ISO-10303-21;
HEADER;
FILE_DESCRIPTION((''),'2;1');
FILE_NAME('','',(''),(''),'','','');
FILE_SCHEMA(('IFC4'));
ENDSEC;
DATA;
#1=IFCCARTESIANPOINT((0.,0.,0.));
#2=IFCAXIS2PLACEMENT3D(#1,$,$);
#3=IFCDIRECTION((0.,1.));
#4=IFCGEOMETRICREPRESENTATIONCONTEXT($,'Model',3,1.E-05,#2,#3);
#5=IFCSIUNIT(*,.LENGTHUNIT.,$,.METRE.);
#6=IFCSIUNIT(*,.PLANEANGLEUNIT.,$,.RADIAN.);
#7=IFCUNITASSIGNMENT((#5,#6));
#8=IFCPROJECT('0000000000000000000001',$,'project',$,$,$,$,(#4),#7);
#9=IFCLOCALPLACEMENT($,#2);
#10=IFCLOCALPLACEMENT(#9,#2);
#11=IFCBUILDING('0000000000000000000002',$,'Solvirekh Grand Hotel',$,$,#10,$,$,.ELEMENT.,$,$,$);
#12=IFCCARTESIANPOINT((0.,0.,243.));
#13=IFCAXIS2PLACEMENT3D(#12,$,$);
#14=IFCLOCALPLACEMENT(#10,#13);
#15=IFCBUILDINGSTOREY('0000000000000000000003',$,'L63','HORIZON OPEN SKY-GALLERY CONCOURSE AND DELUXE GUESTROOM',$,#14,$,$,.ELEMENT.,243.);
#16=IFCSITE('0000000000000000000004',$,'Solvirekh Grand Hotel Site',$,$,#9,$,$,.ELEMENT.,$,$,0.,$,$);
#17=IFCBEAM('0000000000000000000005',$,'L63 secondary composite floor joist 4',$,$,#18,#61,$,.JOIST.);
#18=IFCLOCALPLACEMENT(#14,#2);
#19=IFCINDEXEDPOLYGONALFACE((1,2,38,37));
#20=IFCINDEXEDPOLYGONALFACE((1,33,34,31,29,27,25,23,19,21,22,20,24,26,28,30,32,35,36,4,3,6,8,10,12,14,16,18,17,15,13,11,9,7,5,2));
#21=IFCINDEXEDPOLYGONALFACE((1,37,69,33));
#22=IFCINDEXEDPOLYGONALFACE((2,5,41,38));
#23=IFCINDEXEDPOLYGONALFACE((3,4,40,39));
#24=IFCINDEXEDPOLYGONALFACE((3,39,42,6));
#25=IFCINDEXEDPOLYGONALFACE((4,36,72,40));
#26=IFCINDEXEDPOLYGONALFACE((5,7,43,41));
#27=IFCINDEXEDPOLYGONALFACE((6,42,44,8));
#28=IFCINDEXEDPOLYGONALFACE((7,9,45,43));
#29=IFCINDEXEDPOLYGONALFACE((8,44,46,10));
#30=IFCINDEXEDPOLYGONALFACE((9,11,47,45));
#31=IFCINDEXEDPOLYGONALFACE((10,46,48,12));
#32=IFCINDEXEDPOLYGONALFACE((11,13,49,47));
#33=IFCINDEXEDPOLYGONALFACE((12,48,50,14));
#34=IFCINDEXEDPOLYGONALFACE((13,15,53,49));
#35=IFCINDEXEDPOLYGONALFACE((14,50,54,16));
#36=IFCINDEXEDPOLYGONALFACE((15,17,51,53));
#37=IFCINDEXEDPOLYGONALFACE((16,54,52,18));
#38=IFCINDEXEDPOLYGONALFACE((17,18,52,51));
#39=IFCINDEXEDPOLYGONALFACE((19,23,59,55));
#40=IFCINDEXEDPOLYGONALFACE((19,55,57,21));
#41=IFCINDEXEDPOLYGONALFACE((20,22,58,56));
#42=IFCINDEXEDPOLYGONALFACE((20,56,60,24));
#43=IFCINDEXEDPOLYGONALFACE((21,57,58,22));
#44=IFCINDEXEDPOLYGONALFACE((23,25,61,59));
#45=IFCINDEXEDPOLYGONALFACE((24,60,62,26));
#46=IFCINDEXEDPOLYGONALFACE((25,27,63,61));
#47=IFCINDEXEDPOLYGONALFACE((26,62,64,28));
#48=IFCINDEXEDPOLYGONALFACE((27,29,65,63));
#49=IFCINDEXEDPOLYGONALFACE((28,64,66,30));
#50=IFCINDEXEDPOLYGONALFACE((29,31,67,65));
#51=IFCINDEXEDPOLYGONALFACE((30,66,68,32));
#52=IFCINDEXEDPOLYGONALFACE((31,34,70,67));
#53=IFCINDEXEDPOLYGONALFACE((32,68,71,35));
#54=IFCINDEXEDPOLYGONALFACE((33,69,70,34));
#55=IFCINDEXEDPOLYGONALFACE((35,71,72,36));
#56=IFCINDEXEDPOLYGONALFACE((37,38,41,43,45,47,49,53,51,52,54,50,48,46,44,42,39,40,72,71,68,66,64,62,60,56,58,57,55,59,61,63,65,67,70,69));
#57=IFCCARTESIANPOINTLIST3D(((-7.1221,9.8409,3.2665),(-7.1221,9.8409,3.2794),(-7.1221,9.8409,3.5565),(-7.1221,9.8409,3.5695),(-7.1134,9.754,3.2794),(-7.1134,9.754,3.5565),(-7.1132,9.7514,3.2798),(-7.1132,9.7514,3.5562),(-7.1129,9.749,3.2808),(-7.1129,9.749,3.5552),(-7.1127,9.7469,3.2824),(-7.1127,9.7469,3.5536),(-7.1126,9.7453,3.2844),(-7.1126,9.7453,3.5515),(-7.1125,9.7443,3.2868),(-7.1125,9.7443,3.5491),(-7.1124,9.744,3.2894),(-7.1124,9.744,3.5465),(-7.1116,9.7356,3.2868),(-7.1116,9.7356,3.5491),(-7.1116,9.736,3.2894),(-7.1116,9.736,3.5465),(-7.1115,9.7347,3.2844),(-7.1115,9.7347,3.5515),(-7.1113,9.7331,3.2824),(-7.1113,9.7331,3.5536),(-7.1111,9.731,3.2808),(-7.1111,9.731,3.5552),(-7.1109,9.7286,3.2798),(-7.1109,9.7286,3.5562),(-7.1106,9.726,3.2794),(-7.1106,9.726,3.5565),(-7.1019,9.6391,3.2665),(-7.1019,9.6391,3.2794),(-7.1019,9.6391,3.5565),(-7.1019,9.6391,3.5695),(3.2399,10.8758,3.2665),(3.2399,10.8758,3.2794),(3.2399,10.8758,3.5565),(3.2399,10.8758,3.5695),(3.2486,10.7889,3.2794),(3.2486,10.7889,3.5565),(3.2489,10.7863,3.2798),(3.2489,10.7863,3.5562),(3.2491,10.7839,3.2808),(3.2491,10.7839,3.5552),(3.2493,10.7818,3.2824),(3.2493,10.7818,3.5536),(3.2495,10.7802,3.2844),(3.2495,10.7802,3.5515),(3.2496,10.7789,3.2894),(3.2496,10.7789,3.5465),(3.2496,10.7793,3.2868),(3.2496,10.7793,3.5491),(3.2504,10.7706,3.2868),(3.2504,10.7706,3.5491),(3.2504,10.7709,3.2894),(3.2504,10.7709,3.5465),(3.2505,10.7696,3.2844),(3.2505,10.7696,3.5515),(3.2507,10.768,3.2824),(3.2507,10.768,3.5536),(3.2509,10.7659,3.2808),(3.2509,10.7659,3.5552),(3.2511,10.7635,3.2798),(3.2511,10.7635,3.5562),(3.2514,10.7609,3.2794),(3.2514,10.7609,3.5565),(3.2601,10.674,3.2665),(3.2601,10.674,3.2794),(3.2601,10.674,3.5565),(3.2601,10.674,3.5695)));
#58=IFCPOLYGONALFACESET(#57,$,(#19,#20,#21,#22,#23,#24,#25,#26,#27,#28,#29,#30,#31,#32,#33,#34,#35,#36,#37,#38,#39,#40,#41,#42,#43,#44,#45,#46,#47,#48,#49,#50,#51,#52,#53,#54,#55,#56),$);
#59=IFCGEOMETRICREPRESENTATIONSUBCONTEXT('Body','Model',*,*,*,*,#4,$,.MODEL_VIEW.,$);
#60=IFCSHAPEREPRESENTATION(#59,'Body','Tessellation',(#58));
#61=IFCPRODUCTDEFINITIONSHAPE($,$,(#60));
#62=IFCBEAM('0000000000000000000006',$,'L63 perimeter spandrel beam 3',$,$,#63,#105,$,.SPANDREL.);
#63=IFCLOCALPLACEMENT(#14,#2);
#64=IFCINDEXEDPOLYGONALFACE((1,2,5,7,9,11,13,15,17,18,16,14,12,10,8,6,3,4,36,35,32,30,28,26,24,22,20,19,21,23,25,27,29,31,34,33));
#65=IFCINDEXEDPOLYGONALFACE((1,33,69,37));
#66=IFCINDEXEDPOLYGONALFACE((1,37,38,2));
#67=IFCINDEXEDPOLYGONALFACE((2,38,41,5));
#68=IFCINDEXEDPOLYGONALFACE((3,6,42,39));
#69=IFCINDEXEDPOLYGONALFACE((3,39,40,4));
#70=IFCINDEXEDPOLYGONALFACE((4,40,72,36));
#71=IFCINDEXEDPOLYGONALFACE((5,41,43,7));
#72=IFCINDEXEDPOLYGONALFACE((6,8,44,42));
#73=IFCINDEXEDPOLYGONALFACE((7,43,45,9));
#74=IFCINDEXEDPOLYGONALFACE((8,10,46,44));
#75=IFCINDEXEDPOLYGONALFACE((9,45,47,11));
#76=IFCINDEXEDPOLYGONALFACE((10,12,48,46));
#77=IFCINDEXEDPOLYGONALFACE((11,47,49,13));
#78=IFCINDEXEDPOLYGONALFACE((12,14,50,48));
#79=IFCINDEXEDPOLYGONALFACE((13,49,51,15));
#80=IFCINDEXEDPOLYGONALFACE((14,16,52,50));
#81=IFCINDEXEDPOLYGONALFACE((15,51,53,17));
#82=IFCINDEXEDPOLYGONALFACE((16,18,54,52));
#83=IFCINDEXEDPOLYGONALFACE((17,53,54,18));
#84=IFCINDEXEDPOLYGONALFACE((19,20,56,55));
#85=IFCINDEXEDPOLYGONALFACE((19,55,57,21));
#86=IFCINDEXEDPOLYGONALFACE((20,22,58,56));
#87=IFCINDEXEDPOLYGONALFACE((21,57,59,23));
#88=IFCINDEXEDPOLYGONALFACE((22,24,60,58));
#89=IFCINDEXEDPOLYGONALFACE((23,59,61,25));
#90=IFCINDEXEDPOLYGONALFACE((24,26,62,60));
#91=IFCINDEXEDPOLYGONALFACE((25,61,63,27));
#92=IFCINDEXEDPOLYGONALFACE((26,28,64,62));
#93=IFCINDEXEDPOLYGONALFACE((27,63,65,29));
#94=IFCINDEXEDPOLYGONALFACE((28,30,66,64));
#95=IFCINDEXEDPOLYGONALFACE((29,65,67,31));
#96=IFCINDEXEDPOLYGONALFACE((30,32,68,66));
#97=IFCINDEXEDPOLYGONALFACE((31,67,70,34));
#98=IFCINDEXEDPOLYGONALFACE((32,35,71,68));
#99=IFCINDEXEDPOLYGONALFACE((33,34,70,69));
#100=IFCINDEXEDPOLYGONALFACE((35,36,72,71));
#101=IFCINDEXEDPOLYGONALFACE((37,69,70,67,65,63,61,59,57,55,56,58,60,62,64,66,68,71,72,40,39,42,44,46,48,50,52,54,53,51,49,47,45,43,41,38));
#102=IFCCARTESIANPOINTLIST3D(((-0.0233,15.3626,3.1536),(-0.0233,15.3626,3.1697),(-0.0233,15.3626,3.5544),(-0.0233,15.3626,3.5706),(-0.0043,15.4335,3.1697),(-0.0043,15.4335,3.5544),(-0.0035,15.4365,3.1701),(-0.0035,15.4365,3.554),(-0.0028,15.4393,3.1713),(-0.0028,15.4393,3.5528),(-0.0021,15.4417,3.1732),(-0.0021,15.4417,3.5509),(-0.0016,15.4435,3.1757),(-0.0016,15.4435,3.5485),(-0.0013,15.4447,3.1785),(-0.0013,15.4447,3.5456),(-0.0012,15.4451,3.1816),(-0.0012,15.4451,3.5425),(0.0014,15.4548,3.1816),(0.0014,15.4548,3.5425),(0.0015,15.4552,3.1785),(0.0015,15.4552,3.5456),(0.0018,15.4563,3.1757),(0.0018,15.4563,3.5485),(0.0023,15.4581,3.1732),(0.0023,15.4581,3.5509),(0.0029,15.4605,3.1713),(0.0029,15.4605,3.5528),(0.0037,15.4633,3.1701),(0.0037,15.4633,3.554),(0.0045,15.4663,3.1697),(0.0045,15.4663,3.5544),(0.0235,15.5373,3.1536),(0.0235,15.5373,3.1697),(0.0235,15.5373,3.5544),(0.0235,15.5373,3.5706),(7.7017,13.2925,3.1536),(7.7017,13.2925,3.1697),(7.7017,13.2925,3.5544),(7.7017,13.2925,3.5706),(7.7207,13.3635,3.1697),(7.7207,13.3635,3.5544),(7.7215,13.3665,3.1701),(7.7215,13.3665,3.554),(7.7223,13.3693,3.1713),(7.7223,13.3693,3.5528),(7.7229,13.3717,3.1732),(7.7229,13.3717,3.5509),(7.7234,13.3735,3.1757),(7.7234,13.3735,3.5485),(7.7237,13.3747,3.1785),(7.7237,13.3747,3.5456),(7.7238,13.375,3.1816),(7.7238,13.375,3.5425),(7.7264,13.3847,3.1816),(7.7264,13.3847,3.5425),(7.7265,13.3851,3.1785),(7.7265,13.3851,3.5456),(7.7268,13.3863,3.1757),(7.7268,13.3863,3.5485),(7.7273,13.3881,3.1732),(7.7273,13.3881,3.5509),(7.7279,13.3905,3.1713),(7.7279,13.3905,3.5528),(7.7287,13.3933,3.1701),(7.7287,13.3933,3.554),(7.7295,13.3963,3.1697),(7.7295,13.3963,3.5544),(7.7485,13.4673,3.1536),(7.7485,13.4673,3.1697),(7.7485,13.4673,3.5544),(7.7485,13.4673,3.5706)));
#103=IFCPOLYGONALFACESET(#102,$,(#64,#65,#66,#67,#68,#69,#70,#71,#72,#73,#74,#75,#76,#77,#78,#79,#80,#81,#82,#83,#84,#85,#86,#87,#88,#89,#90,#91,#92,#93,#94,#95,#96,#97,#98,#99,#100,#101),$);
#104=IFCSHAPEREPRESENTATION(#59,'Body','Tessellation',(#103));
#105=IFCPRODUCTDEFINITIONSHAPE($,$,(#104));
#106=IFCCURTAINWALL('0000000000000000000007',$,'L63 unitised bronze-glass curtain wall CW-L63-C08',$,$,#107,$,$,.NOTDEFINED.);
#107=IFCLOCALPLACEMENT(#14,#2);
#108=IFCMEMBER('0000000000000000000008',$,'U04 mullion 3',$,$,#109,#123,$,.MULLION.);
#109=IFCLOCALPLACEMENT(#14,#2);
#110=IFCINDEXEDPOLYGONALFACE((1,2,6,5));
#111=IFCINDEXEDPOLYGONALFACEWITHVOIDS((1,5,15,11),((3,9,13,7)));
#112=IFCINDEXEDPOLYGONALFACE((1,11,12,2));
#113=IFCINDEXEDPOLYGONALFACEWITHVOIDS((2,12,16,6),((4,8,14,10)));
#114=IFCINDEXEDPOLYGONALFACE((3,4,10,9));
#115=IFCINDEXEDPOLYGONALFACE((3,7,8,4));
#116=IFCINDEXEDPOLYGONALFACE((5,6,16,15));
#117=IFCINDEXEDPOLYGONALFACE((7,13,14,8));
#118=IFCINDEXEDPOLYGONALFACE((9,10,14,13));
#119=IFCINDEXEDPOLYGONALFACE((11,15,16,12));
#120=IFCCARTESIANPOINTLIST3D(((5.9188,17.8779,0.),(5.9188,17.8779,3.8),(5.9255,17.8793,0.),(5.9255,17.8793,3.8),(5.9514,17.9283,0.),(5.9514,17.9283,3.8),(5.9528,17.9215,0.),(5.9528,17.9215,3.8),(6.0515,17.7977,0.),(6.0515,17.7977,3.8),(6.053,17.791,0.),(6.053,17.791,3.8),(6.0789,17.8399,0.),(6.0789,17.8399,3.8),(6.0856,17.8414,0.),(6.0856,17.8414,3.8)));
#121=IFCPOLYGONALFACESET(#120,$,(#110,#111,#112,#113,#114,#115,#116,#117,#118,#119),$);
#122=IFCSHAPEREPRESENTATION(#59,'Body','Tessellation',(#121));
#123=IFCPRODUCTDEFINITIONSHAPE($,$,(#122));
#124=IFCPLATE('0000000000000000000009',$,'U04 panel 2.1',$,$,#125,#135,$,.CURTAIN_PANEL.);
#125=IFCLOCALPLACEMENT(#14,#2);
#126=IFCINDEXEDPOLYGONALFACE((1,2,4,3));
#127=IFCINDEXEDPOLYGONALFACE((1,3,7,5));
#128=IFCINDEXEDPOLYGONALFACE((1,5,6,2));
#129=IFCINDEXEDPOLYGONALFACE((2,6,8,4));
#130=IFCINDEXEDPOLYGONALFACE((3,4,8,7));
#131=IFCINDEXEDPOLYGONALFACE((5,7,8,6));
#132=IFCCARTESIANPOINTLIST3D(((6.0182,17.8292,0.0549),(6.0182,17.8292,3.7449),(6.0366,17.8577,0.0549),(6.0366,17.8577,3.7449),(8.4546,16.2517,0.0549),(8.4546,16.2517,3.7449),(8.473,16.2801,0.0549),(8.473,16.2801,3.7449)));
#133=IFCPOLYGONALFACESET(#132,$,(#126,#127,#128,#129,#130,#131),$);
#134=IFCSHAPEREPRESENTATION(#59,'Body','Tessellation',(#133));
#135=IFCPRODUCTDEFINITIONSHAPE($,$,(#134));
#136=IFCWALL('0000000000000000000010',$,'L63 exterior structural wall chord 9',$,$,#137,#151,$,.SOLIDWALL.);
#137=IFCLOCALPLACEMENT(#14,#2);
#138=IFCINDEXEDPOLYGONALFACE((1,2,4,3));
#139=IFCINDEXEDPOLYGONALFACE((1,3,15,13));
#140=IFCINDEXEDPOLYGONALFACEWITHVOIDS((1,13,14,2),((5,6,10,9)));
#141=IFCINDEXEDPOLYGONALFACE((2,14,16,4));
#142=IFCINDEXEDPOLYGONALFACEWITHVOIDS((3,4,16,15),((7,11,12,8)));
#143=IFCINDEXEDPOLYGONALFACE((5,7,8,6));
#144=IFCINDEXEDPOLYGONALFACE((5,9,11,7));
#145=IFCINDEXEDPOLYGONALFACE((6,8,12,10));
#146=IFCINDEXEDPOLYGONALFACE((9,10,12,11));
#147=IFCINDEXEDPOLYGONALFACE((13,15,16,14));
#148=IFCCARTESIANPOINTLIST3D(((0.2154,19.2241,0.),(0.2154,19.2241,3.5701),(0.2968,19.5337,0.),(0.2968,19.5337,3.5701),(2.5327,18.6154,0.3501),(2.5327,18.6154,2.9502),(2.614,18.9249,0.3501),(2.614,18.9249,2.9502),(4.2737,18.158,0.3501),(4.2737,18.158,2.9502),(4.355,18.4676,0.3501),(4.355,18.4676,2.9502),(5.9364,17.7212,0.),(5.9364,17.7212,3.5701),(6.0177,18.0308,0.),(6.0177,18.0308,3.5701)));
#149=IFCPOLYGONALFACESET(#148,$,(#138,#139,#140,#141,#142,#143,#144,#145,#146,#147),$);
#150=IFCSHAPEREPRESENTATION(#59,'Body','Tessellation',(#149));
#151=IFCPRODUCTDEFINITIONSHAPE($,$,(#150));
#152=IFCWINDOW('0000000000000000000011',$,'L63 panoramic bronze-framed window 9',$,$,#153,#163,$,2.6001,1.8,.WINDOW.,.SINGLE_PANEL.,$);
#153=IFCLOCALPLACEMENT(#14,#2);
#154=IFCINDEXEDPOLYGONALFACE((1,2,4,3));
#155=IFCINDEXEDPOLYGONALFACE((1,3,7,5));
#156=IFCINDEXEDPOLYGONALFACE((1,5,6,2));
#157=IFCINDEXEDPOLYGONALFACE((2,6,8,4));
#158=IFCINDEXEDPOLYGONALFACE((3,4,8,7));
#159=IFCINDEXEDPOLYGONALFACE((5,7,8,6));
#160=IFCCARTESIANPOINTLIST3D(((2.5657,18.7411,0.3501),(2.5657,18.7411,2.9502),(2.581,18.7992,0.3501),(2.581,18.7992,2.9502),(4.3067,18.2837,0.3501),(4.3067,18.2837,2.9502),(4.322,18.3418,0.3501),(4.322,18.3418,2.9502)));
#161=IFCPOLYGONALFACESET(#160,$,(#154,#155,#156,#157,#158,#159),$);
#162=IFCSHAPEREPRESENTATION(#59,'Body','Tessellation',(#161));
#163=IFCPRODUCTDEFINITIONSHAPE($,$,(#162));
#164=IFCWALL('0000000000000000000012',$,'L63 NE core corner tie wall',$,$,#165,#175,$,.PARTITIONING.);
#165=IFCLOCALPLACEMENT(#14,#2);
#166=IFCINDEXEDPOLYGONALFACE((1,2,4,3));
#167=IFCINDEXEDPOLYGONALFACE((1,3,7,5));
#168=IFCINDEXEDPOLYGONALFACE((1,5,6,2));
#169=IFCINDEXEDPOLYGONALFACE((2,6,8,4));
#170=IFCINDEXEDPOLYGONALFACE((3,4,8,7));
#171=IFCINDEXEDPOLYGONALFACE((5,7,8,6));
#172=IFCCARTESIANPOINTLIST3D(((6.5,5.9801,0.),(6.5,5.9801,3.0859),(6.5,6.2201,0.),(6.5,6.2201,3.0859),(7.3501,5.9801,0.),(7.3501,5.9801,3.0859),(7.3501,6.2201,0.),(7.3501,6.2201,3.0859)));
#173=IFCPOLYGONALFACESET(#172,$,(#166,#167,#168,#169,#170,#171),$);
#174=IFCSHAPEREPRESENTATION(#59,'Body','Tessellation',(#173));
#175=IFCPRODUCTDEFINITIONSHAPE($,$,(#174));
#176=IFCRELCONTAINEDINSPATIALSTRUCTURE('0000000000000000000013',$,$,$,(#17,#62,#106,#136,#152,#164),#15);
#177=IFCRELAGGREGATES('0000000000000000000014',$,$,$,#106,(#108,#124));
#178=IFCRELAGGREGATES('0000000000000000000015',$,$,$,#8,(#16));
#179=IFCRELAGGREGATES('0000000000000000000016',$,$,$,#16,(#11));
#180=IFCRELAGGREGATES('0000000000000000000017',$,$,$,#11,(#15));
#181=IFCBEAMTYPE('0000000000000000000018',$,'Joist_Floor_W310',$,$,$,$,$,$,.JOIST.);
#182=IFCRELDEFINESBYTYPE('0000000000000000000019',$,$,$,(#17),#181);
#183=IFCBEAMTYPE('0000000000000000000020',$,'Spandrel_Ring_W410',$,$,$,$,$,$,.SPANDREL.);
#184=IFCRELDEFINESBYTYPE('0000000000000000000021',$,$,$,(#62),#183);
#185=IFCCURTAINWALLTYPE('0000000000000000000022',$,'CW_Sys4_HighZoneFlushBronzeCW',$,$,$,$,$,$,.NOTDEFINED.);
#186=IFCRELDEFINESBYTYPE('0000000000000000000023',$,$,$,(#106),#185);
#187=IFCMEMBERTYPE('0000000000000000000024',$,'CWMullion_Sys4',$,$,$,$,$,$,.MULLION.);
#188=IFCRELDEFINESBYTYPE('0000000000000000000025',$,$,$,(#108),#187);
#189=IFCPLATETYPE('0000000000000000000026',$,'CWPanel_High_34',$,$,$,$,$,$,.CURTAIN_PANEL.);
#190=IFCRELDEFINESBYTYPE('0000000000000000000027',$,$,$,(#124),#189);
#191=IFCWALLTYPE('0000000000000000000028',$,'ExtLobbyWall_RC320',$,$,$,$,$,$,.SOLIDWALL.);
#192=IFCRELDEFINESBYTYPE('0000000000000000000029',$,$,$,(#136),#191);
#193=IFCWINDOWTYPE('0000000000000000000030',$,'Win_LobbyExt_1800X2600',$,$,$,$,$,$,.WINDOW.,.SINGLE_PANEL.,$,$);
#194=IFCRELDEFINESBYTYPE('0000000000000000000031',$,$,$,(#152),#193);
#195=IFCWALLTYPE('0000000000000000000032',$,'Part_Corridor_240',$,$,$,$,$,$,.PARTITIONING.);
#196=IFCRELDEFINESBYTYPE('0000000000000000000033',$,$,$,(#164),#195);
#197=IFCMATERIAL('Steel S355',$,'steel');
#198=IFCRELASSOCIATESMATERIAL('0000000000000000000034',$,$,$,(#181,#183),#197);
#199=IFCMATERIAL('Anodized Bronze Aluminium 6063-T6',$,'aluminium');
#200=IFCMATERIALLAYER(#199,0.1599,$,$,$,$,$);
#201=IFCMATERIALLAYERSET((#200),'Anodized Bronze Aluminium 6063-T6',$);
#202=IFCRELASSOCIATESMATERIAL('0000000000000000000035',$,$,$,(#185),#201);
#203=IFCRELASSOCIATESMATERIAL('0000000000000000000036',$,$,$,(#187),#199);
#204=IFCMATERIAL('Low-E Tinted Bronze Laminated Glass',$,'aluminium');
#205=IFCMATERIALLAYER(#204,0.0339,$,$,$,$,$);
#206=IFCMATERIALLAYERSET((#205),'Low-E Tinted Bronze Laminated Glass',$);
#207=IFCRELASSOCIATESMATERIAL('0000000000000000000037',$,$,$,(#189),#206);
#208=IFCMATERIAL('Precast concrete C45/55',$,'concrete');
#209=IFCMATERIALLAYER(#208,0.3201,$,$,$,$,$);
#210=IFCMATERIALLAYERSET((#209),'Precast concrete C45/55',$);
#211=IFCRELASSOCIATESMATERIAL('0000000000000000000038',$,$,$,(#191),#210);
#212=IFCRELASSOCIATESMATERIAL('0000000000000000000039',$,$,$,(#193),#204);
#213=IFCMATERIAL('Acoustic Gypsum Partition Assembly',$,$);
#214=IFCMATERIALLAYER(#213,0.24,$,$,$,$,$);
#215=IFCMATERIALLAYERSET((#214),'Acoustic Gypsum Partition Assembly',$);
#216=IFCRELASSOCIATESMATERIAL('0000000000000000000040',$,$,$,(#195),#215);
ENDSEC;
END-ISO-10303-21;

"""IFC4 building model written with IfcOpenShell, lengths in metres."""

from ifc_helpers import new_model, si_unit, direction, frame, frame_2d, origin, origin_2d, place, context, subcontext, project, spatial, rectangle, hollow_rectangle, i_section, extrude, source, transform, mapped, material, layer, layer_set, material_profile, profile_set, type_object, element, fill, aggregate, save


model = new_model("IFC4")

# Units and contexts
model_context = context("Model", 3, precision=1e-05, world=origin(), true_north=direction((0.0, 1.0)))
body_context = subcontext(model_context, "Body", "Model", "MODEL_VIEW")
ifc_project = project(units=[si_unit("LENGTHUNIT", "METRE"), si_unit("PLANEANGLEUNIT", "RADIAN")], contexts=[model_context])

# Site, building, storey
site_placement = place(None, origin())
site = spatial("IfcSite", under=ifc_project, at=site_placement, Name="Solvirekh Grand Hotel Site", CompositionType="ELEMENT", RefElevation=0.0)
building_placement = place(site_placement, origin())
building = spatial("IfcBuilding", under=site, at=building_placement, Name="Solvirekh Grand Hotel", CompositionType="ELEMENT")
storey_placement = place(building_placement, frame((0.0, 0.0, 243.0)))
storey = spatial("IfcBuildingStorey", under=building, at=storey_placement, Name="L63", Description="HORIZON OPEN SKY-GALLERY CONCOURSE AND DELUXE GUESTROOM", CompositionType="ELEMENT", Elevation=243.0)

# Beams
ifc_material_1 = material(Name="Steel S355", Category="steel")
ifc_material_profile_1 = material_profile(ifc_material_1, i_section(OverallWidth=0.2029, OverallDepth=0.303, WebThickness=0.0081, FlangeThickness=0.0129, FilletRadius=0.01, at=origin_2d()), Name="W310X60")
ifc_profile_set_1 = profile_set([ifc_material_profile_1], Name="Steel S355")
beam_type_1 = type_object("IfcBeamType", Name="Joist_Floor_W310", PredefinedType="JOIST", material=ifc_profile_set_1)
beam_1_placement = place(storey_placement, frame((3.25, 10.7749, 3.418), z_axis=(-0.995049, -0.099381, 0.0), x_axis=(0.099381, -0.995049, 0.0)))
element("IfcBeam", 1, at=beam_1_placement, inside=storey, type_object=beam_type_1, Name="L63 secondary composite floor joist 4", PredefinedType="JOIST", context=body_context, shape_type="SweptSolid", body=[
    extrude(i_section(OverallWidth=0.2029, OverallDepth=0.303, WebThickness=0.0081, FlangeThickness=0.0129, FilletRadius=0.01, at=origin_2d()), origin(), (0.0, 0.0, 1.0), 10.4136),
])
ifc_material_profile_2 = material_profile(ifc_material_1, i_section(OverallWidth=0.1809, OverallDepth=0.417, WebThickness=0.01, FlangeThickness=0.0161, FilletRadius=0.012, at=origin_2d()), Name="W410X85")
ifc_profile_set_2 = profile_set([ifc_material_profile_2], Name="Steel S355")
beam_type_2 = type_object("IfcBeamType", Name="Spandrel_Ring_W410", PredefinedType="SPANDREL", material=ifc_profile_set_2)
beam_2_placement = place(storey_placement, frame((7.7251, 13.3799, 3.3621), z_axis=(-0.965922, 0.258835, 0.0), x_axis=(-0.258835, -0.965922, 0.0)))
element("IfcBeam", 2, at=beam_2_placement, inside=storey, type_object=beam_type_2, Name="L63 perimeter spandrel beam 3", PredefinedType="SPANDREL", context=body_context, shape_type="SweptSolid", body=[
    extrude(i_section(OverallWidth=0.1809, OverallDepth=0.417, WebThickness=0.01, FlangeThickness=0.0161, FilletRadius=0.012, at=origin_2d()), origin(), (0.0, 0.0, 1.0), 7.9976),
])

# Curtain wall, member, plate
ifc_material_2 = material(Name="Anodized Bronze Aluminium 6063-T6", Category="aluminium")
ifc_layer_1 = layer(ifc_material_2, 0.1599)
ifc_layer_set_1 = layer_set([ifc_layer_1], Name="Anodized Bronze Aluminium 6063-T6")
curtain_wall_type = type_object("IfcCurtainWallType", Name="CW_Sys4_HighZoneFlushBronzeCW", PredefinedType="NOTDEFINED", material=ifc_layer_set_1)
curtain_wall_placement = place(storey_placement, origin())
curtain_wall = element("IfcCurtainWall", 3, at=curtain_wall_placement, inside=storey, type_object=curtain_wall_type, Name="L63 unitised bronze-glass curtain wall CW-L63-C08", PredefinedType="NOTDEFINED")
ifc_material_profile_3 = material_profile(ifc_material_2, hollow_rectangle(XDim=0.0601, YDim=0.1599, WallThickness=0.0049, at=origin_2d()), Name="ALU RHS 160X60X5")
ifc_profile_set_3 = profile_set([ifc_material_profile_3], Name="Anodized Bronze Aluminium 6063-T6")
member_type = type_object("IfcMemberType", Name="CWMullion_Sys4", PredefinedType="MULLION", material=ifc_profile_set_3)
shared_shape_1 = source(origin(), body_context, "Body", "SweptSolid", [
    extrude(hollow_rectangle(XDim=0.0601, YDim=0.1599, WallThickness=0.0049, at=origin_2d()), origin(), (0.0, 0.0, 1.0), 3.8),
])
member_placement = place(storey_placement, frame((6.0022, 17.8596, 0.0), z_axis=(0.0, 0.0, 1.0), x_axis=(-0.543508, -0.839404, 0.0)))
member = element("IfcMember", 4, at=member_placement, type_object=member_type, Name="U04 mullion 3", PredefinedType="MULLION", context=body_context, shape_type="MappedRepresentation", body=[
    mapped(shared_shape_1, transform((0.0, 0.0, 0.0), x_axis=(1.0, 0.0, 0.0), y_axis=(0.0, 1.0, 0.0), z_axis=(0.0, 0.0, 1.0), scale=1.0)),
])
ifc_material_3 = material(Name="Low-E Tinted Bronze Laminated Glass", Category="aluminium")
ifc_layer_2 = layer(ifc_material_3, 0.0339)
ifc_layer_set_2 = layer_set([ifc_layer_2], Name="Low-E Tinted Bronze Laminated Glass")
plate_type = type_object("IfcPlateType", Name="CWPanel_High_34", PredefinedType="CURTAIN_PANEL", material=ifc_layer_set_2)
shared_shape_2 = source(origin(), body_context, "Body", "SweptSolid", [
    extrude(rectangle(XDim=2.9026, YDim=0.0339, at=origin_2d()), origin(), (0.0, 0.0, 1.0), 3.6899),
])
plate_placement = place(storey_placement, frame((7.2456, 17.0547, 0.0549), z_axis=(0.0, 0.0, 1.0), x_axis=(-0.839404, 0.543508, 0.0)))
plate = element("IfcPlate", 5, at=plate_placement, type_object=plate_type, Name="U04 panel 2.1", PredefinedType="CURTAIN_PANEL", context=body_context, shape_type="MappedRepresentation", body=[
    mapped(shared_shape_2, transform((0.0, 0.0, 0.0), x_axis=(1.0, 0.0, 0.0), y_axis=(0.0, 1.0, 0.0), z_axis=(0.0, 0.0, 1.0), scale=1.0)),
])
aggregate(curtain_wall, [member, plate])

# Wall, opening, window
ifc_material_4 = material(Name="Precast concrete C45/55", Category="concrete")
ifc_layer_3 = layer(ifc_material_4, 0.3201)
ifc_layer_set_3 = layer_set([ifc_layer_3], Name="Precast concrete C45/55")
wall_type_1 = type_object("IfcWallType", Name="ExtLobbyWall_RC320", PredefinedType="SOLIDWALL", material=ifc_layer_set_3)
wall_1_placement = place(storey_placement, frame((0.2561, 19.3789, 0.0), z_axis=(0.0, 0.0, 1.0), x_axis=(0.967182, -0.254085, 0.0)))
wall_1 = element("IfcWall", 6, at=wall_1_placement, inside=storey, type_object=wall_type_1, Name="L63 exterior structural wall chord 9", PredefinedType="SOLIDWALL", context=body_context, shape_type="SweptSolid", body=[
    extrude(rectangle(XDim=5.915, YDim=0.3201, at=frame_2d((2.9575, 0.0))), origin(), (0.0, 0.0, 1.0), 3.5701),
])
opening_1_placement = place(wall_1_placement, frame((2.396, 0.0, 0.3501)))
opening_1 = element("IfcOpeningElement", 7, at=opening_1_placement, cuts=wall_1, PredefinedType="OPENING", context=body_context, shape_type="SweptSolid", body=[
    extrude(rectangle(XDim=1.8, YDim=2.6001, at=frame_2d((0.8999, 1.3))), frame((0.0, 0.1699, 0.0), z_axis=(0.0, -1.0, 0.0), x_axis=(1.0, 0.0, 0.0)), (0.0, 0.0, 1.0), 0.3401),
])
window_type = type_object("IfcWindowType", Name="Win_LobbyExt_1800X2600", PartitioningType="SINGLE_PANEL", PredefinedType="WINDOW", material=ifc_material_3)
window_placement = place(opening_1_placement, origin())
window = element("IfcWindow", 8, at=window_placement, inside=storey, type_object=window_type, Name="L63 panoramic bronze-framed window 9", OverallHeight=2.6001, OverallWidth=1.8, PartitioningType="SINGLE_PANEL", PredefinedType="WINDOW", context=body_context, shape_type="SweptSolid", body=[
    extrude(rectangle(XDim=1.8, YDim=2.6001, at=frame_2d((0.8999, 1.3))), frame((0.0, 0.03, 0.0), z_axis=(0.0, -1.0, 0.0), x_axis=(1.0, 0.0, 0.0)), (0.0, 0.0, 1.0), 0.0601),
])
fill(opening_1, window)

# Wall
ifc_material_5 = material(Name="Acoustic Gypsum Partition Assembly")
ifc_layer_4 = layer(ifc_material_5, 0.24)
ifc_layer_set_4 = layer_set([ifc_layer_4], Name="Acoustic Gypsum Partition Assembly")
wall_type_2 = type_object("IfcWallType", Name="Part_Corridor_240", PredefinedType="PARTITIONING", material=ifc_layer_set_4)
wall_2_placement = place(storey_placement, frame((6.5, 6.1001, 0.0), z_axis=(0.0, 0.0, 1.0), x_axis=(1.0, 0.0, 0.0)))
element("IfcWall", 9, at=wall_2_placement, inside=storey, type_object=wall_type_2, Name="L63 NE core corner tie wall", PredefinedType="PARTITIONING", context=body_context, shape_type="SweptSolid", body=[
    extrude(rectangle(XDim=0.8501, YDim=0.24, at=frame_2d((0.425, 0.0))), origin(), (0.0, 0.0, 1.0), 3.0859),
])

save(model, "model.ifc")
